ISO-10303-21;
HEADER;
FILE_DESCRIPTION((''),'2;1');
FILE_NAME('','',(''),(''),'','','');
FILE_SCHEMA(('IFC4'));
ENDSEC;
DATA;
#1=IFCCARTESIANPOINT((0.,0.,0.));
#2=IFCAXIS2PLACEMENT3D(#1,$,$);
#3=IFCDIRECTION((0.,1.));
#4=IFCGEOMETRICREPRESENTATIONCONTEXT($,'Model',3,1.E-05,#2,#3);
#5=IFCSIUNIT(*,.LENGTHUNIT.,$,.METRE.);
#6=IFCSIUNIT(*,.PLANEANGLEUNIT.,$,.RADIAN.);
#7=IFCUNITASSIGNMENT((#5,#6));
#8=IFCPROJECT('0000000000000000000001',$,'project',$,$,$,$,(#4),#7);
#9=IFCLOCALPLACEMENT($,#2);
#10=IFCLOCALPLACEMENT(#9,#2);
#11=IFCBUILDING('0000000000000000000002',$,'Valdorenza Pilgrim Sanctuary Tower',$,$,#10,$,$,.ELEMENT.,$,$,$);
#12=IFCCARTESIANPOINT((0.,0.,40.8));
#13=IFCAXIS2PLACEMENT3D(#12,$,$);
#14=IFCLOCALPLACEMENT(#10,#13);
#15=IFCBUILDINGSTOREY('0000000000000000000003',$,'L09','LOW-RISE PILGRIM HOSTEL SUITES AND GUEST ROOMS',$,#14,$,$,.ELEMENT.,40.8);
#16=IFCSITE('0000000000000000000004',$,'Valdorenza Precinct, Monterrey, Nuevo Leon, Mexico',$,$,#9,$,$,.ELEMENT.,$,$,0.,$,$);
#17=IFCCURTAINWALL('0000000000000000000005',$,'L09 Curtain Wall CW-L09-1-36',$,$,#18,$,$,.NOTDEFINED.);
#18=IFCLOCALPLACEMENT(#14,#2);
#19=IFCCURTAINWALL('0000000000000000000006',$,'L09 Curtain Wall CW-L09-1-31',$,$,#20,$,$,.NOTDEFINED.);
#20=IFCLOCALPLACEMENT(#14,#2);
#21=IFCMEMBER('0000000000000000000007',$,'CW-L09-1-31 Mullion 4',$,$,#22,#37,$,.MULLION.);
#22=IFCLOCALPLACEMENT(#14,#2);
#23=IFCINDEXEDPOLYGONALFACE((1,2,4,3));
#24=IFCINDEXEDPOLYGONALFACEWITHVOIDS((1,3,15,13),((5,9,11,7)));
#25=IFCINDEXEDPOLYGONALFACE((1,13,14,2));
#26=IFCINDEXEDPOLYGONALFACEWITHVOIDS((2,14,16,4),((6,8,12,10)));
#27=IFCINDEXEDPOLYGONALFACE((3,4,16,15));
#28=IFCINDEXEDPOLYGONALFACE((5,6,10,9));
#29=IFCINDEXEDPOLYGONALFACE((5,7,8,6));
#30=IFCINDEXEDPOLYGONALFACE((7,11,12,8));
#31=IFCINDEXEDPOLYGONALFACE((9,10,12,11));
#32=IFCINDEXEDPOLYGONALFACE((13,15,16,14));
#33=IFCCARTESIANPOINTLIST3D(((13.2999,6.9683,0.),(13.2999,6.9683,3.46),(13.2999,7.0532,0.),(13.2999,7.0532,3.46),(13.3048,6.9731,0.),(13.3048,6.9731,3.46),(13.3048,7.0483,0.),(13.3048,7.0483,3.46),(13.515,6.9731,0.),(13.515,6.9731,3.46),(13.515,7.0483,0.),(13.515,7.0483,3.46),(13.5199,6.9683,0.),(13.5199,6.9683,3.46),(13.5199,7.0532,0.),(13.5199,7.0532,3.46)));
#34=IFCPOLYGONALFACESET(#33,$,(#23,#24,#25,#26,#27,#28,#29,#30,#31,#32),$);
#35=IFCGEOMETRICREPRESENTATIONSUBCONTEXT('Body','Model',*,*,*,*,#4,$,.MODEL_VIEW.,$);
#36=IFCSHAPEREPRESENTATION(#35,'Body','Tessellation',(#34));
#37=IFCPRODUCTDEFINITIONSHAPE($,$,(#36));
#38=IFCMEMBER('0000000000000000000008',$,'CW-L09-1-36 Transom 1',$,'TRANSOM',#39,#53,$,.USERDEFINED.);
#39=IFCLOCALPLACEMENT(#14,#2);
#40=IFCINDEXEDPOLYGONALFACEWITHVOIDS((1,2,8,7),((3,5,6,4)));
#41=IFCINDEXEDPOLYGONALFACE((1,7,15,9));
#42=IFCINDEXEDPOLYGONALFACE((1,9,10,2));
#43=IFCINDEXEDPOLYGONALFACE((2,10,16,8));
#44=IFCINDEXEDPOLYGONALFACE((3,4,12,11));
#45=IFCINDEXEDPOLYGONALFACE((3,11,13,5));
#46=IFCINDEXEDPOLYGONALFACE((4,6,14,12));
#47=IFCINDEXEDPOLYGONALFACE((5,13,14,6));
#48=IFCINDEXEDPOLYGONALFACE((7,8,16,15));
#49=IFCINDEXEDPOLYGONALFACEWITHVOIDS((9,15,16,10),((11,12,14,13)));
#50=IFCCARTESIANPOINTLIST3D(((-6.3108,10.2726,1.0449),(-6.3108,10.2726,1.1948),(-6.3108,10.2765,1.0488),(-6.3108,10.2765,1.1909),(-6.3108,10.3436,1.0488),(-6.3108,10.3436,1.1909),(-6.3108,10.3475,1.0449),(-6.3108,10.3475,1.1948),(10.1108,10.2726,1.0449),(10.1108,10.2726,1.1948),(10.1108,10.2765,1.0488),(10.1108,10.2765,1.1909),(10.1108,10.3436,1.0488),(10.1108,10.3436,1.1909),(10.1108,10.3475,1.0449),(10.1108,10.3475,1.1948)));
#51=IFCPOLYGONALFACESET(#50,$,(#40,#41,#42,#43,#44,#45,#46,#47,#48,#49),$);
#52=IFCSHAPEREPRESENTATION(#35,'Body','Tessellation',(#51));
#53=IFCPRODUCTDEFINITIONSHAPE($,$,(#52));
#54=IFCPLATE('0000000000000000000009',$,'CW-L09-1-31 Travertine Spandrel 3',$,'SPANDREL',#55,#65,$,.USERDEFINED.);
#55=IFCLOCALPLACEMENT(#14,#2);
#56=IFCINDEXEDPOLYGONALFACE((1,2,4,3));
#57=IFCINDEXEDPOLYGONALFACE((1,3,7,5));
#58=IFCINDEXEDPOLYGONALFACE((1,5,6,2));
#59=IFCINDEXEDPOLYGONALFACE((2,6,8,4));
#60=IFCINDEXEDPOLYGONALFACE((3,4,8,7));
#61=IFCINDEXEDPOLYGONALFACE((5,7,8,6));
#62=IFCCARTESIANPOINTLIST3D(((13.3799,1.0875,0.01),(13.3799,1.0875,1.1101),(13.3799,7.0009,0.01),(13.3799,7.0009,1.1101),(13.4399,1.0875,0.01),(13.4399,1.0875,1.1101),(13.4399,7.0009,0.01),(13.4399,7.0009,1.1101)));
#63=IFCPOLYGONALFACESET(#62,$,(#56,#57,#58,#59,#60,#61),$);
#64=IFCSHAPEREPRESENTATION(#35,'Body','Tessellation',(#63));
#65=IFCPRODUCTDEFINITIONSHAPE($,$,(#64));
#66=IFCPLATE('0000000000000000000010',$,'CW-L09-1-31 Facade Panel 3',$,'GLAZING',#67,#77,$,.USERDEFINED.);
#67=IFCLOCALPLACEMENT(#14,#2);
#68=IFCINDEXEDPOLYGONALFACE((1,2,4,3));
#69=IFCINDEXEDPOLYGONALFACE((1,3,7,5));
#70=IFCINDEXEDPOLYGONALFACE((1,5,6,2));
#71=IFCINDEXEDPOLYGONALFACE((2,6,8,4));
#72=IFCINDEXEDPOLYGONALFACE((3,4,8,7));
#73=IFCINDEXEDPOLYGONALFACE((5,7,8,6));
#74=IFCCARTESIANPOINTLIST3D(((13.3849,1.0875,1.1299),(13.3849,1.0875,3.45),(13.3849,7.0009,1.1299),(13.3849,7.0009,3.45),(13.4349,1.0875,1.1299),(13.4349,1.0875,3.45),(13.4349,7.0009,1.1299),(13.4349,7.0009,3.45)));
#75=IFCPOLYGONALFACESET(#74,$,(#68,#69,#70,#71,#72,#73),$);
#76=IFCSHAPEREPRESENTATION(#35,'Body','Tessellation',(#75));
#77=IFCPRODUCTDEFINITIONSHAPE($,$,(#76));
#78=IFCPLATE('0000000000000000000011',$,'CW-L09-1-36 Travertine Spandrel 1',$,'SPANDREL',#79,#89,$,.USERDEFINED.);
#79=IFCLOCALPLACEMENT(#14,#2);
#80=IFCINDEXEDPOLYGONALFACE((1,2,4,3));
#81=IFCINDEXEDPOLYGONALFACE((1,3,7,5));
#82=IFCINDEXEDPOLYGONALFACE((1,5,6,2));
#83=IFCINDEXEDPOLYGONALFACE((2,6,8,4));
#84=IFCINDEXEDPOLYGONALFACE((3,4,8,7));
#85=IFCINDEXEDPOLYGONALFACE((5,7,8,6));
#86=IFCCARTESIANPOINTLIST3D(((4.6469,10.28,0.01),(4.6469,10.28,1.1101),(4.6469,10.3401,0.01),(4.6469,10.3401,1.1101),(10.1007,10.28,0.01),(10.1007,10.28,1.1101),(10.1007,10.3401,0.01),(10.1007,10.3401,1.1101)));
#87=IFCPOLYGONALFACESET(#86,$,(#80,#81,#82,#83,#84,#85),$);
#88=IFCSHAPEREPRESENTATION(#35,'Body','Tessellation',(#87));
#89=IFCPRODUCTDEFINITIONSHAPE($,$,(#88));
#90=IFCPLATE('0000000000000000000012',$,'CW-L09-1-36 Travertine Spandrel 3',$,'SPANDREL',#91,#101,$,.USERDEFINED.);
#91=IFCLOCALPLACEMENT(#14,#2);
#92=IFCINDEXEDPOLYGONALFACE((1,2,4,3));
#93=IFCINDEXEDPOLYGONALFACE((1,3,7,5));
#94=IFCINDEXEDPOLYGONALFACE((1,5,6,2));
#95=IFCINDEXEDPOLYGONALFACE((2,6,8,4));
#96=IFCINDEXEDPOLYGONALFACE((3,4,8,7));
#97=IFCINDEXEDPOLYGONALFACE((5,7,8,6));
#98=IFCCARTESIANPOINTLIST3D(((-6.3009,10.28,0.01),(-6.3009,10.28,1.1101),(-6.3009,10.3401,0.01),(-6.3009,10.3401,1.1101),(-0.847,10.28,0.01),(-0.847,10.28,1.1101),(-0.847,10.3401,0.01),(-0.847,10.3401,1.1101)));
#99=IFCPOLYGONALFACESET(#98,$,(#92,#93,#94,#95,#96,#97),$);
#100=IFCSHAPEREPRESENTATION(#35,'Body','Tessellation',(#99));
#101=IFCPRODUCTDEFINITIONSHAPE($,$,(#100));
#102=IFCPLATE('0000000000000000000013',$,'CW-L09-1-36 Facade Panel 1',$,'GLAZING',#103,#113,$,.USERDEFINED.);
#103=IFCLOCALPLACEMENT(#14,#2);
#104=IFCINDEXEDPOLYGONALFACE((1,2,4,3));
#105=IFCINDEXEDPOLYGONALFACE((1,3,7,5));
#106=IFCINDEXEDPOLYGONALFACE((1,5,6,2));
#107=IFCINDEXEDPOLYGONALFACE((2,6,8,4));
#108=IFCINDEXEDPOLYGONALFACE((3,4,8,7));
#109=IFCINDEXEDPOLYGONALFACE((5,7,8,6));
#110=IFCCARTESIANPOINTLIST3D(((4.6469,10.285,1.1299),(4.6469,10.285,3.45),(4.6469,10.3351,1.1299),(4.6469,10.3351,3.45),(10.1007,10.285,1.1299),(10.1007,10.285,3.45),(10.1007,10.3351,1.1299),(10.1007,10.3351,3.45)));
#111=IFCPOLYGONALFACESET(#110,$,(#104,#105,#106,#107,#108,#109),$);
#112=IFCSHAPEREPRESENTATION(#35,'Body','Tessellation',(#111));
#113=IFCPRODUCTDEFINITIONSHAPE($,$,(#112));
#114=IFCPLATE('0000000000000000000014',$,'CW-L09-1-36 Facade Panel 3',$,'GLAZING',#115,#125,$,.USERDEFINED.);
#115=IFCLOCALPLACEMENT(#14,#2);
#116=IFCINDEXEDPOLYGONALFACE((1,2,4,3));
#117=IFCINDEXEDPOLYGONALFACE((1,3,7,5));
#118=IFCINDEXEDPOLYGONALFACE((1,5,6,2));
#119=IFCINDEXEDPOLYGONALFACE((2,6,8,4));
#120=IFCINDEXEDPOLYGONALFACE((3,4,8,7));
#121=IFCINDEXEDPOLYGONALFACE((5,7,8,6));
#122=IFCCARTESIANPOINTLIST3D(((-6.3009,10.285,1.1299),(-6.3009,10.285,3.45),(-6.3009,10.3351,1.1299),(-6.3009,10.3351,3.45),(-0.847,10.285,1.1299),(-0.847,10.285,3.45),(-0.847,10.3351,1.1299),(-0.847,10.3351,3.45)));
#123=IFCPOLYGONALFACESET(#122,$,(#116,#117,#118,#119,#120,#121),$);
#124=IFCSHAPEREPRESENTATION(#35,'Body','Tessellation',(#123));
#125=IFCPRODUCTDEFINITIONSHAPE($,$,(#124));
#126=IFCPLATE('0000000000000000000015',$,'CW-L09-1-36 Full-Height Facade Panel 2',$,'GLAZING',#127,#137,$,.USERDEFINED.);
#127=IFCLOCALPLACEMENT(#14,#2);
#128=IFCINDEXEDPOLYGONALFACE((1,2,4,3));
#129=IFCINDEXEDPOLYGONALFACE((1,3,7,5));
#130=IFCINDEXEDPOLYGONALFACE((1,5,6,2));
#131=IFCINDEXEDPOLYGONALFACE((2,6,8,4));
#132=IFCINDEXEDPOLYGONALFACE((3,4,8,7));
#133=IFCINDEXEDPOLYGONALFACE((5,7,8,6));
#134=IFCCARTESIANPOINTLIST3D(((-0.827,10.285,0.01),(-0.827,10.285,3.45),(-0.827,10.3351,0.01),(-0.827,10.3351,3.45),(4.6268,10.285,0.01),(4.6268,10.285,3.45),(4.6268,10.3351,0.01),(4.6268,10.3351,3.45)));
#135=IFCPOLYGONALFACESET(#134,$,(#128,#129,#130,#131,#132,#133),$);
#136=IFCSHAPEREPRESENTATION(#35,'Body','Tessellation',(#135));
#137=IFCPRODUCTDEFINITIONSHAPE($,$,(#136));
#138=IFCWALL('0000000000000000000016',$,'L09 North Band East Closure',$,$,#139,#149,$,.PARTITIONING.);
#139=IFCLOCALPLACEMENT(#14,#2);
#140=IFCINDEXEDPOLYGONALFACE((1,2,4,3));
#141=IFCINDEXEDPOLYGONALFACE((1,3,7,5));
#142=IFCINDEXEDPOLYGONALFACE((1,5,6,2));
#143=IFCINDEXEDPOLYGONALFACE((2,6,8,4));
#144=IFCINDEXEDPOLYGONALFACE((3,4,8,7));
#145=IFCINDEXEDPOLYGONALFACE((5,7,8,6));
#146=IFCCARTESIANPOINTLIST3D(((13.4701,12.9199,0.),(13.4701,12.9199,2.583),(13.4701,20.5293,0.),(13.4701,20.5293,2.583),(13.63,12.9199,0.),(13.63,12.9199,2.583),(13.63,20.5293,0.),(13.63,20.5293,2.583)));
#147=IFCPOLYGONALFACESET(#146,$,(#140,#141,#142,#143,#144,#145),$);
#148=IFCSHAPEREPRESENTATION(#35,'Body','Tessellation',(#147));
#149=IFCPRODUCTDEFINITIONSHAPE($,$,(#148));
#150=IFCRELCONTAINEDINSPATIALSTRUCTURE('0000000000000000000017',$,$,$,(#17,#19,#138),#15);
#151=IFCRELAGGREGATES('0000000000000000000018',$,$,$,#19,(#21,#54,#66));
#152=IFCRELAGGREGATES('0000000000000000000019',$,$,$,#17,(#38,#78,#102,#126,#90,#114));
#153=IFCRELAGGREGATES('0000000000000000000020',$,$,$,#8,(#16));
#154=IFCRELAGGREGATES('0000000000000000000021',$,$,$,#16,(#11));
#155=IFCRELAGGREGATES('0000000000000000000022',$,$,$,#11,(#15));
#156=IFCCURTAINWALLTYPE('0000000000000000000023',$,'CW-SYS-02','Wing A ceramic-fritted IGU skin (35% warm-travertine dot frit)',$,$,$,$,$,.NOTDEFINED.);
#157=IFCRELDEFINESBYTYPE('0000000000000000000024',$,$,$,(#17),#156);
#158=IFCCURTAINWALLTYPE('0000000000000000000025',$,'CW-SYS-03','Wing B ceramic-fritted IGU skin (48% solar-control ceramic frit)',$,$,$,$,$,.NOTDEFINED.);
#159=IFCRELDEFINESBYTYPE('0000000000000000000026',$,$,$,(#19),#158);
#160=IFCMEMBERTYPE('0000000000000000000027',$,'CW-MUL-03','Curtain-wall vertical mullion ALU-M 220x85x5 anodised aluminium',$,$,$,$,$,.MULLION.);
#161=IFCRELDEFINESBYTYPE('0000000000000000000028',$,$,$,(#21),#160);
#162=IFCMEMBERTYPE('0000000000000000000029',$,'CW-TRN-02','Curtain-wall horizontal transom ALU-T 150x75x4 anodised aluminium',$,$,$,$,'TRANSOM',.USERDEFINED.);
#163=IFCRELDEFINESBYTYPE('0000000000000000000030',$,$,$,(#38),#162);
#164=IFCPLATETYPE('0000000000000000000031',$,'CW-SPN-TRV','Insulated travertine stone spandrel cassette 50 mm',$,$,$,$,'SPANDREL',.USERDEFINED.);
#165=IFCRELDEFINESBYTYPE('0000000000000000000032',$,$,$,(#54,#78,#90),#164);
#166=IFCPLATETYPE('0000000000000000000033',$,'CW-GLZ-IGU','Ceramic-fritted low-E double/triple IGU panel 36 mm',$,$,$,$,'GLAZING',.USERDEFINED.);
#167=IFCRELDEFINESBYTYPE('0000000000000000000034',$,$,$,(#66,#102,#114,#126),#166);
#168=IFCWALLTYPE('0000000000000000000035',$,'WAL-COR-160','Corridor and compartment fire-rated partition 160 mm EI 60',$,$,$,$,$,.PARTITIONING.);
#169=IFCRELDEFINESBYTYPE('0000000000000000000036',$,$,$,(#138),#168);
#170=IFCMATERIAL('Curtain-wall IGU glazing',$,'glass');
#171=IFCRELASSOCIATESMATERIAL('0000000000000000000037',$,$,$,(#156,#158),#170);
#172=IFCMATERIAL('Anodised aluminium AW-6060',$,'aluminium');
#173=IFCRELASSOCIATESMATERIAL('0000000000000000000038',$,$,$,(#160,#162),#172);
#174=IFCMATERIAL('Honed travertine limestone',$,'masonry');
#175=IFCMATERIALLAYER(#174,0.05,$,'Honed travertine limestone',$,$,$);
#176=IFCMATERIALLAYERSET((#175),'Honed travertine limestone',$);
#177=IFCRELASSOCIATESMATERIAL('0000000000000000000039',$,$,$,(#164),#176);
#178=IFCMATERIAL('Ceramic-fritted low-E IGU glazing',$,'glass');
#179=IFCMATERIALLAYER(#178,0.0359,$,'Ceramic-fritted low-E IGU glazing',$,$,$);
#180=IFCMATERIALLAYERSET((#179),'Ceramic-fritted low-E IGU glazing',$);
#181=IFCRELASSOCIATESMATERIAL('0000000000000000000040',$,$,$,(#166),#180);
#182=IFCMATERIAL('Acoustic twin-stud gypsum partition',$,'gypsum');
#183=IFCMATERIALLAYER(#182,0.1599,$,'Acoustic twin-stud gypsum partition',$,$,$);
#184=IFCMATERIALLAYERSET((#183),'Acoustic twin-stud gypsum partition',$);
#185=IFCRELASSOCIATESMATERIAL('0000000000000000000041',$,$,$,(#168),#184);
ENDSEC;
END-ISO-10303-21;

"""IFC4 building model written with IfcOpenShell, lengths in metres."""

from ifc_helpers import new_model, si_unit, direction, frame, frame_2d, origin, origin_2d, place, context, subcontext, project, spatial, rectangle, hollow_rectangle, extrude, source, transform, mapped, material, layer, layer_set, material_profile, profile_set, type_object, element, aggregate, save


model = new_model("IFC4")

# Units and contexts
model_context = context("Model", 3, precision=1e-05, world=origin(), true_north=direction((0.0, 1.0)))
body_context = subcontext(model_context, "Body", "Model", "MODEL_VIEW")
ifc_project = project(units=[si_unit("LENGTHUNIT", "METRE"), si_unit("PLANEANGLEUNIT", "RADIAN")], contexts=[model_context])

# Site, building, storey
site_placement = place(None, origin())
site = spatial("IfcSite", under=ifc_project, at=site_placement, Name="Valdorenza Precinct, Monterrey, Nuevo Leon, Mexico", CompositionType="ELEMENT", RefElevation=0.0)
building_placement = place(site_placement, origin())
building = spatial("IfcBuilding", under=site, at=building_placement, Name="Valdorenza Pilgrim Sanctuary Tower", CompositionType="ELEMENT")
storey_placement = place(building_placement, frame((0.0, 0.0, 40.8)))
storey = spatial("IfcBuildingStorey", under=building, at=storey_placement, Name="L09", Description="LOW-RISE PILGRIM HOSTEL SUITES AND GUEST ROOMS", CompositionType="ELEMENT", Elevation=40.8)

# Curtain walls, member
ifc_material_1 = material(Name="Curtain-wall IGU glazing", Category="glass")
curtain_wall_type_1 = type_object("IfcCurtainWallType", Name="CW-SYS-02", Description="Wing A ceramic-fritted IGU skin (35% warm-travertine dot frit)", PredefinedType="NOTDEFINED", material=ifc_material_1)
curtain_wall_1_placement = place(storey_placement, origin())
curtain_wall_1 = element("IfcCurtainWall", 1, at=curtain_wall_1_placement, inside=storey, type_object=curtain_wall_type_1, Name="L09 Curtain Wall CW-L09-1-36", PredefinedType="NOTDEFINED")
ifc_material_2 = material(Name="Anodised aluminium AW-6060", Category="aluminium")
curtain_wall_type_2 = type_object("IfcCurtainWallType", Name="CW-SYS-03", Description="Wing B ceramic-fritted IGU skin (48% solar-control ceramic frit)", PredefinedType="NOTDEFINED", material=ifc_material_1)
curtain_wall_2_placement = place(storey_placement, origin())
curtain_wall_2 = element("IfcCurtainWall", 2, at=curtain_wall_2_placement, inside=storey, type_object=curtain_wall_type_2, Name="L09 Curtain Wall CW-L09-1-31", PredefinedType="NOTDEFINED")
ifc_material_profile_1 = material_profile(ifc_material_2, hollow_rectangle(XDim=0.085, YDim=0.22, WallThickness=0.0049, at=origin_2d()), Name="ALU-M 220x85x5")
ifc_profile_set_1 = profile_set([ifc_material_profile_1], Name="Anodised aluminium AW-6060")
member_type_1 = type_object("IfcMemberType", Name="CW-MUL-03", Description="Curtain-wall vertical mullion ALU-M 220x85x5 anodised aluminium", PredefinedType="MULLION", material=ifc_profile_set_1)
shared_shape_1 = source(origin(), body_context, "Body", "SweptSolid", [
    extrude(hollow_rectangle(XDim=0.085, YDim=0.22, WallThickness=0.0049, at=origin_2d()), origin(), (0.0, 0.0, 1.0), 3.46),
])
member_1_placement = place(storey_placement, frame((13.4099, 7.0107, 0.0), z_axis=(0.0, 0.0, 1.0), x_axis=(0.0, 1.0, 0.0)))
member_1 = element("IfcMember", 3, at=member_1_placement, type_object=member_type_1, Name="CW-L09-1-31 Mullion 4", PredefinedType="MULLION", context=body_context, shape_type="MappedRepresentation", body=[
    mapped(shared_shape_1, transform((0.0, 0.0, 0.0), x_axis=(1.0, 0.0, 0.0), y_axis=(0.0, 1.0, 0.0), z_axis=(0.0, 0.0, 1.0), scale=1.0)),
])

# Member
ifc_material_profile_2 = material_profile(ifc_material_2, hollow_rectangle(XDim=0.075, YDim=0.1499, WallThickness=0.0039, at=origin_2d()), Name="ALU-T 150x75x4")
ifc_profile_set_2 = profile_set([ifc_material_profile_2], Name="Anodised aluminium AW-6060")
member_type_2 = type_object("IfcMemberType", Name="CW-TRN-02", Description="Curtain-wall horizontal transom ALU-T 150x75x4 anodised aluminium", ElementType="TRANSOM", PredefinedType="USERDEFINED", material=ifc_profile_set_2)
shared_shape_2 = source(origin(), body_context, "Body", "SweptSolid", [
    extrude(hollow_rectangle(XDim=0.075, YDim=0.1499, WallThickness=0.0039, at=origin_2d()), origin(), (0.0, 0.0, 1.0), 16.4216),
])
member_2_placement = place(storey_placement, frame((10.1108, 10.3101, 1.1199), z_axis=(-1.0, 0.0, 0.0), x_axis=(0.0, -1.0, 0.0)))
member_2 = element("IfcMember", 4, at=member_2_placement, type_object=member_type_2, Name="CW-L09-1-36 Transom 1", ObjectType="TRANSOM", PredefinedType="USERDEFINED", context=body_context, shape_type="MappedRepresentation", body=[
    mapped(shared_shape_2, transform((0.0, 0.0, 0.0), x_axis=(1.0, 0.0, 0.0), y_axis=(0.0, 1.0, 0.0), z_axis=(0.0, 0.0, 1.0), scale=1.0)),
])

# Plates
ifc_material_3 = material(Name="Honed travertine limestone", Category="masonry")
ifc_layer_1 = layer(ifc_material_3, 0.05, Name="Honed travertine limestone")
ifc_layer_set_1 = layer_set([ifc_layer_1], Name="Honed travertine limestone")
plate_type_1 = type_object("IfcPlateType", Name="CW-SPN-TRV", Description="Insulated travertine stone spandrel cassette 50 mm", ElementType="SPANDREL", PredefinedType="USERDEFINED", material=ifc_layer_set_1)
shared_shape_3 = source(origin(), body_context, "Body", "SweptSolid", [
    extrude(rectangle(XDim=5.9133, YDim=0.0601, at=origin_2d()), origin(), (0.0, 0.0, 1.0), 1.1001),
])
plate_1_placement = place(storey_placement, frame((13.4099, 4.0442, 0.01), z_axis=(0.0, 0.0, 1.0), x_axis=(0.0, 1.0, 0.0)))
plate_1 = element("IfcPlate", 5, at=plate_1_placement, type_object=plate_type_1, Name="CW-L09-1-31 Travertine Spandrel 3", ObjectType="SPANDREL", PredefinedType="USERDEFINED", context=body_context, shape_type="MappedRepresentation", body=[
    mapped(shared_shape_3, transform((0.0, 0.0, 0.0), x_axis=(1.0, 0.0, 0.0), y_axis=(0.0, 1.0, 0.0), z_axis=(0.0, 0.0, 1.0), scale=1.0)),
])
ifc_material_4 = material(Name="Ceramic-fritted low-E IGU glazing", Category="glass")
ifc_layer_2 = layer(ifc_material_4, 0.0359, Name="Ceramic-fritted low-E IGU glazing")
ifc_layer_set_2 = layer_set([ifc_layer_2], Name="Ceramic-fritted low-E IGU glazing")
plate_type_2 = type_object("IfcPlateType", Name="CW-GLZ-IGU", Description="Ceramic-fritted low-E double/triple IGU panel 36 mm", ElementType="GLAZING", PredefinedType="USERDEFINED", material=ifc_layer_set_2)
shared_shape_4 = source(origin(), body_context, "Body", "SweptSolid", [
    extrude(rectangle(XDim=5.9133, YDim=0.05, at=origin_2d()), origin(), (0.0, 0.0, 1.0), 2.3201),
])
plate_2_placement = place(storey_placement, frame((13.4099, 4.0442, 1.1299), z_axis=(0.0, 0.0, 1.0), x_axis=(0.0, 1.0, 0.0)))
plate_2 = element("IfcPlate", 6, at=plate_2_placement, type_object=plate_type_2, Name="CW-L09-1-31 Facade Panel 3", ObjectType="GLAZING", PredefinedType="USERDEFINED", context=body_context, shape_type="MappedRepresentation", body=[
    mapped(shared_shape_4, transform((0.0, 0.0, 0.0), x_axis=(1.0, 0.0, 0.0), y_axis=(0.0, 1.0, 0.0), z_axis=(0.0, 0.0, 1.0), scale=1.0)),
])
aggregate(curtain_wall_2, [member_1, plate_1, plate_2])
shared_shape_5 = source(origin(), body_context, "Body", "SweptSolid", [
    extrude(rectangle(XDim=5.4539, YDim=0.0601, at=origin_2d()), origin(), (0.0, 0.0, 1.0), 1.1001),
])
plate_3_placement = place(storey_placement, frame((7.3738, 10.3101, 0.01), z_axis=(0.0, 0.0, 1.0), x_axis=(-1.0, 0.0, 0.0)))
plate_3 = element("IfcPlate", 7, at=plate_3_placement, type_object=plate_type_1, Name="CW-L09-1-36 Travertine Spandrel 1", ObjectType="SPANDREL", PredefinedType="USERDEFINED", context=body_context, shape_type="MappedRepresentation", body=[
    mapped(shared_shape_5, transform((0.0, 0.0, 0.0), x_axis=(1.0, 0.0, 0.0), y_axis=(0.0, 1.0, 0.0), z_axis=(0.0, 0.0, 1.0), scale=1.0)),
])
plate_4_placement = place(storey_placement, frame((-3.574, 10.3101, 0.01), z_axis=(0.0, 0.0, 1.0), x_axis=(-1.0, 0.0, 0.0)))
plate_4 = element("IfcPlate", 8, at=plate_4_placement, type_object=plate_type_1, Name="CW-L09-1-36 Travertine Spandrel 3", ObjectType="SPANDREL", PredefinedType="USERDEFINED", context=body_context, shape_type="MappedRepresentation", body=[
    mapped(shared_shape_5, transform((0.0, 0.0, 0.0), x_axis=(1.0, 0.0, 0.0), y_axis=(0.0, 1.0, 0.0), z_axis=(0.0, 0.0, 1.0), scale=1.0)),
])
shared_shape_6 = source(origin(), body_context, "Body", "SweptSolid", [
    extrude(rectangle(XDim=5.4539, YDim=0.05, at=origin_2d()), origin(), (0.0, 0.0, 1.0), 2.3201),
])
plate_5_placement = place(storey_placement, frame((7.3738, 10.3101, 1.1299), z_axis=(0.0, 0.0, 1.0), x_axis=(-1.0, 0.0, 0.0)))
plate_5 = element("IfcPlate", 9, at=plate_5_placement, type_object=plate_type_2, Name="CW-L09-1-36 Facade Panel 1", ObjectType="GLAZING", PredefinedType="USERDEFINED", context=body_context, shape_type="MappedRepresentation", body=[
    mapped(shared_shape_6, transform((0.0, 0.0, 0.0), x_axis=(1.0, 0.0, 0.0), y_axis=(0.0, 1.0, 0.0), z_axis=(0.0, 0.0, 1.0), scale=1.0)),
])
plate_6_placement = place(storey_placement, frame((-3.574, 10.3101, 1.1299), z_axis=(0.0, 0.0, 1.0), x_axis=(-1.0, 0.0, 0.0)))
plate_6 = element("IfcPlate", 10, at=plate_6_placement, type_object=plate_type_2, Name="CW-L09-1-36 Facade Panel 3", ObjectType="GLAZING", PredefinedType="USERDEFINED", context=body_context, shape_type="MappedRepresentation", body=[
    mapped(shared_shape_6, transform((0.0, 0.0, 0.0), x_axis=(1.0, 0.0, 0.0), y_axis=(0.0, 1.0, 0.0), z_axis=(0.0, 0.0, 1.0), scale=1.0)),
])
shared_shape_7 = source(origin(), body_context, "Body", "SweptSolid", [
    extrude(rectangle(XDim=5.4539, YDim=0.05, at=origin_2d()), origin(), (0.0, 0.0, 1.0), 3.4399),
])
plate_7_placement = place(storey_placement, frame((1.8999, 10.3101, 0.01), z_axis=(0.0, 0.0, 1.0), x_axis=(-1.0, 0.0, 0.0)))
plate_7 = element("IfcPlate", 11, at=plate_7_placement, type_object=plate_type_2, Name="CW-L09-1-36 Full-Height Facade Panel 2", ObjectType="GLAZING", PredefinedType="USERDEFINED", context=body_context, shape_type="MappedRepresentation", body=[
    mapped(shared_shape_7, transform((0.0, 0.0, 0.0), x_axis=(1.0, 0.0, 0.0), y_axis=(0.0, 1.0, 0.0), z_axis=(0.0, 0.0, 1.0), scale=1.0)),
])
aggregate(curtain_wall_1, [member_2, plate_3, plate_5, plate_7, plate_4, plate_6])

# Wall
ifc_material_5 = material(Name="Acoustic twin-stud gypsum partition", Category="gypsum")
ifc_layer_3 = layer(ifc_material_5, 0.1599, Name="Acoustic twin-stud gypsum partition")
ifc_layer_set_3 = layer_set([ifc_layer_3], Name="Acoustic twin-stud gypsum partition")
wall_type_1 = type_object("IfcWallType", Name="WAL-COR-160", Description="Corridor and compartment fire-rated partition 160 mm EI 60", PredefinedType="PARTITIONING", material=ifc_layer_set_3)
wall_1_placement = place(storey_placement, frame((13.55, 12.9199, 0.0), z_axis=(0.0, 0.0, 1.0), x_axis=(0.0, 1.0, 0.0)))
element("IfcWall", 12, at=wall_1_placement, inside=storey, type_object=wall_type_1, Name="L09 North Band East Closure", PredefinedType="PARTITIONING", context=body_context, shape_type="SweptSolid", body=[
    extrude(rectangle(XDim=7.6094, YDim=0.1599, at=frame_2d((3.8047, 0.0))), origin(), (0.0, 0.0, 1.0), 2.583),
])

save(model, "model.ifc")
